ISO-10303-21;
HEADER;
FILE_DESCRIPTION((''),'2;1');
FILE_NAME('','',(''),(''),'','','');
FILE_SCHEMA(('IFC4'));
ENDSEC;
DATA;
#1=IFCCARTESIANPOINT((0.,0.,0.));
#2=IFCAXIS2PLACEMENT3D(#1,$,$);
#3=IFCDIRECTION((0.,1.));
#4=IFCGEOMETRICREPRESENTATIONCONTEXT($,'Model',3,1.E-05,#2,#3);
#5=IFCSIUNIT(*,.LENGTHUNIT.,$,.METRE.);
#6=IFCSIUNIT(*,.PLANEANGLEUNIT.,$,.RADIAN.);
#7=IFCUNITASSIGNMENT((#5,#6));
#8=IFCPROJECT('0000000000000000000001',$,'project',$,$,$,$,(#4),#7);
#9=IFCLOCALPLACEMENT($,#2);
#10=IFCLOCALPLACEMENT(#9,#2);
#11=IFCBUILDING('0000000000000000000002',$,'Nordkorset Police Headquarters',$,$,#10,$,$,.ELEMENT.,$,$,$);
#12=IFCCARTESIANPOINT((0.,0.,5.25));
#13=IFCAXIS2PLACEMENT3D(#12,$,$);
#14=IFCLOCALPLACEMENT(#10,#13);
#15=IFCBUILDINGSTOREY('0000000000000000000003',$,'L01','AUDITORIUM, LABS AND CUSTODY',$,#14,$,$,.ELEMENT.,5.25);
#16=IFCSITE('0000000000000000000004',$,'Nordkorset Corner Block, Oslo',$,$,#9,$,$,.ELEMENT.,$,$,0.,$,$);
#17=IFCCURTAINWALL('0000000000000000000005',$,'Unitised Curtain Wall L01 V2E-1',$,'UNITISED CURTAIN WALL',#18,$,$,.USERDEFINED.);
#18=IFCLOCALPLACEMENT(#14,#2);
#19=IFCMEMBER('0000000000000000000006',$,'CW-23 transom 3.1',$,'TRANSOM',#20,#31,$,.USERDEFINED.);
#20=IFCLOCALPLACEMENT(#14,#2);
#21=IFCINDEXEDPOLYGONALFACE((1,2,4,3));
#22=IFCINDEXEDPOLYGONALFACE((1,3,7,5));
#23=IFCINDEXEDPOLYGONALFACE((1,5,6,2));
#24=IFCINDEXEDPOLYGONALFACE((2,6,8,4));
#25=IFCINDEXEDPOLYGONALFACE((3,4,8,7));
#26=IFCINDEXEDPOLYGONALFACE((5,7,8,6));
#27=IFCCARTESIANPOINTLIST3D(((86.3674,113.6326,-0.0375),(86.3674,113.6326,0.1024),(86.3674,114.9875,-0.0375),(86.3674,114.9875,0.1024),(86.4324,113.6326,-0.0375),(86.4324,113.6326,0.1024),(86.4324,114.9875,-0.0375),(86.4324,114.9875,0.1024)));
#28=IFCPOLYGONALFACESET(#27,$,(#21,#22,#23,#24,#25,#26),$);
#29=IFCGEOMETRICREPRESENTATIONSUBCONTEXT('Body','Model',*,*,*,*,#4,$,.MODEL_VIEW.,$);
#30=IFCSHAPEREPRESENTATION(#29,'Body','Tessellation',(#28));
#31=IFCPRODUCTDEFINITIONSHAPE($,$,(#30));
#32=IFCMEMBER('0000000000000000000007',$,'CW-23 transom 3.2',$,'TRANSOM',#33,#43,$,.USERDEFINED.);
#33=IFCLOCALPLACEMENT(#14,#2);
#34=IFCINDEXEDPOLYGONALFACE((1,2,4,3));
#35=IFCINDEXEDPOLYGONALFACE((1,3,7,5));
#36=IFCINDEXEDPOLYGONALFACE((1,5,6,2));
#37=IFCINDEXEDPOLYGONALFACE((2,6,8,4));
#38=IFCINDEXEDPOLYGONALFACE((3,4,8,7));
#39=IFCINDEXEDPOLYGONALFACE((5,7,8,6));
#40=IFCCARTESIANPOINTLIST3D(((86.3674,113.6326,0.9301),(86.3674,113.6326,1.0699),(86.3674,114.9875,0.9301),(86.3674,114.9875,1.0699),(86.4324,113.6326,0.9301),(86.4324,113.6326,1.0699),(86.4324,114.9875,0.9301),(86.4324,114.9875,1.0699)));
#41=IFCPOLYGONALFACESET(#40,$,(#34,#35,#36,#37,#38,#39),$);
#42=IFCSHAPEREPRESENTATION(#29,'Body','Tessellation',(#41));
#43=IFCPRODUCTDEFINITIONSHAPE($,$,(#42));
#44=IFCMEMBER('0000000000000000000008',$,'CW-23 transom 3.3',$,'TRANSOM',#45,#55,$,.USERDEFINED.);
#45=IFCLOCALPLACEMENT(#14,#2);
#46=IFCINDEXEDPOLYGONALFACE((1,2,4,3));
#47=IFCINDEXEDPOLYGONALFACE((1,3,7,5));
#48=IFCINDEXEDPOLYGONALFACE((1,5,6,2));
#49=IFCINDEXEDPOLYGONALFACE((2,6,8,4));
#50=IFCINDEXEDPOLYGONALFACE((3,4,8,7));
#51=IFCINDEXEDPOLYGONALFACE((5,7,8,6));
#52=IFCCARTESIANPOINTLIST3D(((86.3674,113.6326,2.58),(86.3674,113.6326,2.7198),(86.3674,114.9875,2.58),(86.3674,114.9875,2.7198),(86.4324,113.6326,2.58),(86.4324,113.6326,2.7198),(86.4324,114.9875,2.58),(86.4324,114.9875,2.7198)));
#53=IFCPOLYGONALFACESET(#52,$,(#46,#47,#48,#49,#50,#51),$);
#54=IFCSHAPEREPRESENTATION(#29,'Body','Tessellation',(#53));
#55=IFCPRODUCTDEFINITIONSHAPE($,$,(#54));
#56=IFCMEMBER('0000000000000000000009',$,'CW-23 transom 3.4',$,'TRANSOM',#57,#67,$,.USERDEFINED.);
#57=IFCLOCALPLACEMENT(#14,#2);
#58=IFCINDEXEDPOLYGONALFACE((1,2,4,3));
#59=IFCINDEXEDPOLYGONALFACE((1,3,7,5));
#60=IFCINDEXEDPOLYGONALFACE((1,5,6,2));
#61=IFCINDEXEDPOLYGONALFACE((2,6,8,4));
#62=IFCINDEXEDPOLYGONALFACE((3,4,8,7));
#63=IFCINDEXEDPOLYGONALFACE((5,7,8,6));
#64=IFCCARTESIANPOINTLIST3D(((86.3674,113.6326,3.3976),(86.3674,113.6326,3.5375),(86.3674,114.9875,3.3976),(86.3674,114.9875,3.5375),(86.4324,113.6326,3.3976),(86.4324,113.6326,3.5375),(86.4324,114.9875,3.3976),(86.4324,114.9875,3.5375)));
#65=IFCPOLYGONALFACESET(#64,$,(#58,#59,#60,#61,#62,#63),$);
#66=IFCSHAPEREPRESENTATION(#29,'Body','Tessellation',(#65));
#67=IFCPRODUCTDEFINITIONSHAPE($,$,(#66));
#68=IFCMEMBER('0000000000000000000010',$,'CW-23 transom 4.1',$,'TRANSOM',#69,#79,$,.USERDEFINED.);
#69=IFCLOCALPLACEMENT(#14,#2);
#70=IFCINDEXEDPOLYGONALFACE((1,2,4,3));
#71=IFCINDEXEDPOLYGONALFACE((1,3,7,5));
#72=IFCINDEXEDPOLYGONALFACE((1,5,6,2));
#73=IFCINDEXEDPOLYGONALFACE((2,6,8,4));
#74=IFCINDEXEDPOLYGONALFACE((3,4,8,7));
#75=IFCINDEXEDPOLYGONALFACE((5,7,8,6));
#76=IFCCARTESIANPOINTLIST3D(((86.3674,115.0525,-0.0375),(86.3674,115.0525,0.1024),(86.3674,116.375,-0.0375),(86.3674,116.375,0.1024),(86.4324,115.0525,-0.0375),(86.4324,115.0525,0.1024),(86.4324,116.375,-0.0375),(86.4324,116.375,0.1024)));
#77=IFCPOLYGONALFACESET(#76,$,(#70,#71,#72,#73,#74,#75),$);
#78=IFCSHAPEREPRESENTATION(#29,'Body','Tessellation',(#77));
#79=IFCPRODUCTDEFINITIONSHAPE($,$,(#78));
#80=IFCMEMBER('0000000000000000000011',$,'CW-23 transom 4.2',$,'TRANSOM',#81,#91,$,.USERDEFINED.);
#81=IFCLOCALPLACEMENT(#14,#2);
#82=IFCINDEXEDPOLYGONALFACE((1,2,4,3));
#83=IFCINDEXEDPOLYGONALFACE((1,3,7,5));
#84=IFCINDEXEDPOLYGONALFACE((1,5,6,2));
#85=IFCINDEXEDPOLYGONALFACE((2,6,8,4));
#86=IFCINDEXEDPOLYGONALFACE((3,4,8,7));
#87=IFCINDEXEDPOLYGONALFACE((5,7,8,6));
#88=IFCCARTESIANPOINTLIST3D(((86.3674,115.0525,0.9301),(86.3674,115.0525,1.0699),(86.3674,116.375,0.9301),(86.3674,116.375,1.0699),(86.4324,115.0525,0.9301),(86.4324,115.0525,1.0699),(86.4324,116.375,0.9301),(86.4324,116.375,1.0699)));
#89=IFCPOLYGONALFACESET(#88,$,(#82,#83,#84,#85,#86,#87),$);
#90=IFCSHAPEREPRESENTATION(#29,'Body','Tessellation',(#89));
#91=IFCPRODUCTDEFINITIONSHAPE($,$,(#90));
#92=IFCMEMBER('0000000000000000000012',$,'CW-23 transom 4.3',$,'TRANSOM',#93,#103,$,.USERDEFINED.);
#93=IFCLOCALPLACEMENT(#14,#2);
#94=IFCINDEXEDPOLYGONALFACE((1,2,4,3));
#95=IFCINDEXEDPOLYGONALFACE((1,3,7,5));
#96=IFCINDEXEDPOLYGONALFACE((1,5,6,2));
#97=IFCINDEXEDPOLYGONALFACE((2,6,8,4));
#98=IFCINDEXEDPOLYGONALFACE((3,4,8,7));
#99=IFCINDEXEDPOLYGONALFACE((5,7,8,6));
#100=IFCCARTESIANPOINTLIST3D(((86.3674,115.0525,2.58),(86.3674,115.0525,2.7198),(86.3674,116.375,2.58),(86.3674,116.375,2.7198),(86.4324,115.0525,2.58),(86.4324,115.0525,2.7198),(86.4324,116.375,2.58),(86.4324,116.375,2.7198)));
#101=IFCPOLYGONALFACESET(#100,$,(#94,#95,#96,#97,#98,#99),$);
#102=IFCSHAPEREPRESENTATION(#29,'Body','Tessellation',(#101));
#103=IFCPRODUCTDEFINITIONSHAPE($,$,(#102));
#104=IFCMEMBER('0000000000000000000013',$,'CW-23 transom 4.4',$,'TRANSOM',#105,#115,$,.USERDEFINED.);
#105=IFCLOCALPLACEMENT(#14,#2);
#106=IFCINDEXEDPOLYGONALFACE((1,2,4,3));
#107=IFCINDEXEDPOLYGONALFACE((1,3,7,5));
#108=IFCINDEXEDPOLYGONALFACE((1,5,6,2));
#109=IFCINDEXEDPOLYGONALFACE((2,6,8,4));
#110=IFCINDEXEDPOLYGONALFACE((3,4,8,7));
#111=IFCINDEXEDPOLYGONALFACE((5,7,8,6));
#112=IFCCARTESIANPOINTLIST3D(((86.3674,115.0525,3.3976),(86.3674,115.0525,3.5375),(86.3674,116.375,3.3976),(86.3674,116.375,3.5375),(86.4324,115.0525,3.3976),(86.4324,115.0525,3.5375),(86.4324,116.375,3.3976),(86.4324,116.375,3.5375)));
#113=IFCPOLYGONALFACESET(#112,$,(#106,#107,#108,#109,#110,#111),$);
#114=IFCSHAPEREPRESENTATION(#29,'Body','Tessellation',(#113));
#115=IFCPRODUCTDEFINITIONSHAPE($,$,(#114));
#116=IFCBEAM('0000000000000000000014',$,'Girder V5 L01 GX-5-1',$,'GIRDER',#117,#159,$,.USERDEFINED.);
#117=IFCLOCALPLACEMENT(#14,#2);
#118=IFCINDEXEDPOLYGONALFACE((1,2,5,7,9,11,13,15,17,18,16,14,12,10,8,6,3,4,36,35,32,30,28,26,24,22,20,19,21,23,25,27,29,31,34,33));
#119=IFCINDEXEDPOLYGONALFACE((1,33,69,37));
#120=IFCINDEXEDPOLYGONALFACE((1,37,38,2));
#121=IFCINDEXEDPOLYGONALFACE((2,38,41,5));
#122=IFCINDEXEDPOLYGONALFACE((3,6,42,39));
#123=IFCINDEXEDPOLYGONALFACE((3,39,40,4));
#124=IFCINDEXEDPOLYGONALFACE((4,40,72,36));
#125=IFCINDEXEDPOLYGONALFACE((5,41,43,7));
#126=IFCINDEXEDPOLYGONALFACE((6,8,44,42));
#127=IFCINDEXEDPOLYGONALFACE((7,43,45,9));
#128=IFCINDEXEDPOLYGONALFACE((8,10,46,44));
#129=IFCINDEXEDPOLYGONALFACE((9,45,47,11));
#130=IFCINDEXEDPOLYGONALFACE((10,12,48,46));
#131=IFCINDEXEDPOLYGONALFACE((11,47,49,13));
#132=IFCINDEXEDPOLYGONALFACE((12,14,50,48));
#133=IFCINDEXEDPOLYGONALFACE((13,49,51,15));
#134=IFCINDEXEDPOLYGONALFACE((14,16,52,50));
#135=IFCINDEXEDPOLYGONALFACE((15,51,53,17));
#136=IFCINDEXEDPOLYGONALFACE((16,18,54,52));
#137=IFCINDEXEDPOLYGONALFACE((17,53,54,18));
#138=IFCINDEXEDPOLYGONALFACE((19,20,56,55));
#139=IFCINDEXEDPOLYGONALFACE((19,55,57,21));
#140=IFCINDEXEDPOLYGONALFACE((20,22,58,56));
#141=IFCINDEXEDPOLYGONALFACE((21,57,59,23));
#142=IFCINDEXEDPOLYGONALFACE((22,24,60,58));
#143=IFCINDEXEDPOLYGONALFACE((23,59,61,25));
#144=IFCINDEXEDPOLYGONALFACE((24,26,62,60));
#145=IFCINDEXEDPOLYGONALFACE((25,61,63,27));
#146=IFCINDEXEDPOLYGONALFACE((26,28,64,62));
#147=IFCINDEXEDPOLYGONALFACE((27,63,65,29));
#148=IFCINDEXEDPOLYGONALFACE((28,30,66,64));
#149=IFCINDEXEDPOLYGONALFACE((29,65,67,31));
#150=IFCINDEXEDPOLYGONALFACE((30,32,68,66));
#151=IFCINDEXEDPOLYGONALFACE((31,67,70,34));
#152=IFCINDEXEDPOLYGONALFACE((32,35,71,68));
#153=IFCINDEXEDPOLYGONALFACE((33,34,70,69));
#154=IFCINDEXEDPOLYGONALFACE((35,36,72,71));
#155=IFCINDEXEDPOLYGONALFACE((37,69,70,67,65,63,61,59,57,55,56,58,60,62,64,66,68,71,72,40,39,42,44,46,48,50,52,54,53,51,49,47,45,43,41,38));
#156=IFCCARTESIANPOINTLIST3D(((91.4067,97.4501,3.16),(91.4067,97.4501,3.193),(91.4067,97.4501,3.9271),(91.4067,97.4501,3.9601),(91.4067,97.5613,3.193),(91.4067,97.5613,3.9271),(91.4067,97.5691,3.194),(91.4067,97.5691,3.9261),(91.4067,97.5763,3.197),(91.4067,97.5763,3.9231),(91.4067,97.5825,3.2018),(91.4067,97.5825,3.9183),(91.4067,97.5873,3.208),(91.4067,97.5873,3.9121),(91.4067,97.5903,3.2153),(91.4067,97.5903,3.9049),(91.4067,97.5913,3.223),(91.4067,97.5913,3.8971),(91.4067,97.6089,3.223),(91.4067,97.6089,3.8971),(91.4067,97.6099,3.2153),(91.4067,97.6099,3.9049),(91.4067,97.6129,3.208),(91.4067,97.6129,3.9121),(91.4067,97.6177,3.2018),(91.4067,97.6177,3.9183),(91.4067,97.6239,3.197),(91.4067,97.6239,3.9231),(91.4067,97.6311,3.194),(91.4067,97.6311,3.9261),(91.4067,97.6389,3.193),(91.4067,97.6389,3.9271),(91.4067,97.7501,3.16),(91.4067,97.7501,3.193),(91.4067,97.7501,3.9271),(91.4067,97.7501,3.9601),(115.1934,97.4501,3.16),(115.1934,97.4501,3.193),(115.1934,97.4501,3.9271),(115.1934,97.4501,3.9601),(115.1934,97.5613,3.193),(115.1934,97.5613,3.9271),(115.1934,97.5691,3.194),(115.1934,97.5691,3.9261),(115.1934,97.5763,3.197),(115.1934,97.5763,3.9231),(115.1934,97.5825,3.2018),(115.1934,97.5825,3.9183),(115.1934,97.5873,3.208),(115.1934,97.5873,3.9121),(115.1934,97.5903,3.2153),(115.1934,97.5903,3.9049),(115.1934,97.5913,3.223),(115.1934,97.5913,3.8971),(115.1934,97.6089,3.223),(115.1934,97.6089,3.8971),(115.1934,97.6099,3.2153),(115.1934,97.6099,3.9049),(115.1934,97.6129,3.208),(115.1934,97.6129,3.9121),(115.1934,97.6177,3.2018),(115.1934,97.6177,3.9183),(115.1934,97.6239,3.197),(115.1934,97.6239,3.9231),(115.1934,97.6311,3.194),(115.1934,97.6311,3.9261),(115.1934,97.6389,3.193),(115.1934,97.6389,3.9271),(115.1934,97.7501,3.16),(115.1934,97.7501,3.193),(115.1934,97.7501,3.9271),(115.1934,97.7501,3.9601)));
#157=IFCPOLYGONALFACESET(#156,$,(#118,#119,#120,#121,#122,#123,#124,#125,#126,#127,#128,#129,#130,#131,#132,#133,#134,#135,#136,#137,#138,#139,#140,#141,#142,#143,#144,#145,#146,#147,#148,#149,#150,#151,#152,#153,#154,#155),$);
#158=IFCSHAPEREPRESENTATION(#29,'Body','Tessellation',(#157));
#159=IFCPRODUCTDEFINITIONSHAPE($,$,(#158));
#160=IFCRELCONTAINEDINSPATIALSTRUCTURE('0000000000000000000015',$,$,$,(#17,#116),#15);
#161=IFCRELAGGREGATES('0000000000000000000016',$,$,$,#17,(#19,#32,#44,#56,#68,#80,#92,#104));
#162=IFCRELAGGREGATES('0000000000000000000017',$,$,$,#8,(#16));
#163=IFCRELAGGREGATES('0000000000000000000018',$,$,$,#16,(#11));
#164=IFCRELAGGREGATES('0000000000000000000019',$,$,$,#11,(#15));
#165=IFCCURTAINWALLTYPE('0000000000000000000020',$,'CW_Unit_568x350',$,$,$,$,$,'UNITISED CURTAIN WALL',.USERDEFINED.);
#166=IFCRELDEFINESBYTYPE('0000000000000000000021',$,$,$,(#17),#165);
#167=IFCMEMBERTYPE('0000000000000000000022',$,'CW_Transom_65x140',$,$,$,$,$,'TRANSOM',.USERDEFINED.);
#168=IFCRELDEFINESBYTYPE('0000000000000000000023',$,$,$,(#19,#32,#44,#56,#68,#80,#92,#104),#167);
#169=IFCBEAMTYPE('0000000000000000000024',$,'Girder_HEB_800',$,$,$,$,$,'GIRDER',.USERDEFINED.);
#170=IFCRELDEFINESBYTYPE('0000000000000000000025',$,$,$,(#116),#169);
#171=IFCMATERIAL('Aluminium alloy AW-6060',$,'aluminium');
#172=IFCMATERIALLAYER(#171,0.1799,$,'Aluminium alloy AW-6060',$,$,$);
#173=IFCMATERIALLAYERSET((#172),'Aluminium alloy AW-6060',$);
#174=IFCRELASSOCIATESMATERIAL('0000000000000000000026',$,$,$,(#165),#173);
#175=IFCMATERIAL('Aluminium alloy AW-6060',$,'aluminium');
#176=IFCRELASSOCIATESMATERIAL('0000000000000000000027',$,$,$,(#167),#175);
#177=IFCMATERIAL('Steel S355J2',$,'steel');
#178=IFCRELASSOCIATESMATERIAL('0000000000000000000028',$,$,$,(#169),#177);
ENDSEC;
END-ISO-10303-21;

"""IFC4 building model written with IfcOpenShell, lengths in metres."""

from ifc_helpers import new_model, si_unit, direction, frame, origin, origin_2d, place, context, subcontext, project, spatial, rectangle, i_section, extrude, material, layer, layer_set, material_profile, profile_set, type_object, element, aggregate, save


model = new_model("IFC4")

# Units and contexts
model_context = context("Model", 3, precision=1e-05, world=origin(), true_north=direction((0.0, 1.0)))
body_context = subcontext(model_context, "Body", "Model", "MODEL_VIEW")
ifc_project = project(units=[si_unit("LENGTHUNIT", "METRE"), si_unit("PLANEANGLEUNIT", "RADIAN")], contexts=[model_context])

# Site, building, storey
site_placement = place(None, origin())
site = spatial("IfcSite", under=ifc_project, at=site_placement, Name="Nordkorset Corner Block, Oslo", CompositionType="ELEMENT", RefElevation=0.0)
building_placement = place(site_placement, origin())
building = spatial("IfcBuilding", under=site, at=building_placement, Name="Nordkorset Police Headquarters", CompositionType="ELEMENT")
storey_placement = place(building_placement, frame((0.0, 0.0, 5.25)))
storey = spatial("IfcBuildingStorey", under=building, at=storey_placement, Name="L01", Description="AUDITORIUM, LABS AND CUSTODY", CompositionType="ELEMENT", Elevation=5.25)

# Curtain wall, members
ifc_material_1 = material(Name="Aluminium alloy AW-6060", Category="aluminium")
ifc_layer_1 = layer(ifc_material_1, 0.1799, Name="Aluminium alloy AW-6060")
ifc_layer_set_1 = layer_set([ifc_layer_1], Name="Aluminium alloy AW-6060")
curtain_wall_type = type_object("IfcCurtainWallType", Name="CW_Unit_568x350", ElementType="UNITISED CURTAIN WALL", PredefinedType="USERDEFINED", material=ifc_layer_set_1)
curtain_wall_placement = place(storey_placement, origin())
curtain_wall = element("IfcCurtainWall", 1, at=curtain_wall_placement, inside=storey, type_object=curtain_wall_type, Name="Unitised Curtain Wall L01 V2E-1", ObjectType="UNITISED CURTAIN WALL", PredefinedType="USERDEFINED")
ifc_material_2 = material(Name="Aluminium alloy AW-6060", Category="aluminium")
ifc_material_profile_1 = material_profile(ifc_material_2, rectangle(XDim=0.0649, YDim=0.1399, at=origin_2d()), Name="ALU TRAN 65x140")
ifc_profile_set_1 = profile_set([ifc_material_profile_1], Name="Aluminium alloy AW-6060")
member_type_1 = type_object("IfcMemberType", Name="CW_Transom_65x140", ElementType="TRANSOM", PredefinedType="USERDEFINED", material=ifc_profile_set_1)
member_1_placement = place(storey_placement, frame((86.3999, 113.6326, 0.0325), z_axis=(0.0, 1.0, 0.0), x_axis=(-1.0, 0.0, 0.0)))
member_1 = element("IfcMember", 2, at=member_1_placement, type_object=member_type_1, Name="CW-23 transom 3.1", ObjectType="TRANSOM", PredefinedType="USERDEFINED", context=body_context, shape_type="SweptSolid", body=[
    extrude(rectangle(XDim=0.0649, YDim=0.1399, at=origin_2d()), origin(), (0.0, 0.0, 1.0), 1.355),
])
member_2_placement = place(storey_placement, frame((86.3999, 113.6326, 1.0), z_axis=(0.0, 1.0, 0.0), x_axis=(-1.0, 0.0, 0.0)))
member_2 = element("IfcMember", 3, at=member_2_placement, type_object=member_type_1, Name="CW-23 transom 3.2", ObjectType="TRANSOM", PredefinedType="USERDEFINED", context=body_context, shape_type="SweptSolid", body=[
    extrude(rectangle(XDim=0.0649, YDim=0.1399, at=origin_2d()), origin(), (0.0, 0.0, 1.0), 1.355),
])
member_3_placement = place(storey_placement, frame((86.3999, 113.6326, 2.6499), z_axis=(0.0, 1.0, 0.0), x_axis=(-1.0, 0.0, 0.0)))
member_3 = element("IfcMember", 4, at=member_3_placement, type_object=member_type_1, Name="CW-23 transom 3.3", ObjectType="TRANSOM", PredefinedType="USERDEFINED", context=body_context, shape_type="SweptSolid", body=[
    extrude(rectangle(XDim=0.0649, YDim=0.1399, at=origin_2d()), origin(), (0.0, 0.0, 1.0), 1.355),
])
member_4_placement = place(storey_placement, frame((86.3999, 113.6326, 3.4675), z_axis=(0.0, 1.0, 0.0), x_axis=(-1.0, 0.0, 0.0)))
member_4 = element("IfcMember", 5, at=member_4_placement, type_object=member_type_1, Name="CW-23 transom 3.4", ObjectType="TRANSOM", PredefinedType="USERDEFINED", context=body_context, shape_type="SweptSolid", body=[
    extrude(rectangle(XDim=0.0649, YDim=0.1399, at=origin_2d()), origin(), (0.0, 0.0, 1.0), 1.355),
])
member_5_placement = place(storey_placement, frame((86.3999, 115.0525, 0.0325), z_axis=(0.0, 1.0, 0.0), x_axis=(-1.0, 0.0, 0.0)))
member_5 = element("IfcMember", 6, at=member_5_placement, type_object=member_type_1, Name="CW-23 transom 4.1", ObjectType="TRANSOM", PredefinedType="USERDEFINED", context=body_context, shape_type="SweptSolid", body=[
    extrude(rectangle(XDim=0.0649, YDim=0.1399, at=origin_2d()), origin(), (0.0, 0.0, 1.0), 1.3225),
])
member_6_placement = place(storey_placement, frame((86.3999, 115.0525, 1.0), z_axis=(0.0, 1.0, 0.0), x_axis=(-1.0, 0.0, 0.0)))
member_6 = element("IfcMember", 7, at=member_6_placement, type_object=member_type_1, Name="CW-23 transom 4.2", ObjectType="TRANSOM", PredefinedType="USERDEFINED", context=body_context, shape_type="SweptSolid", body=[
    extrude(rectangle(XDim=0.0649, YDim=0.1399, at=origin_2d()), origin(), (0.0, 0.0, 1.0), 1.3225),
])
member_7_placement = place(storey_placement, frame((86.3999, 115.0525, 2.6499), z_axis=(0.0, 1.0, 0.0), x_axis=(-1.0, 0.0, 0.0)))
member_7 = element("IfcMember", 8, at=member_7_placement, type_object=member_type_1, Name="CW-23 transom 4.3", ObjectType="TRANSOM", PredefinedType="USERDEFINED", context=body_context, shape_type="SweptSolid", body=[
    extrude(rectangle(XDim=0.0649, YDim=0.1399, at=origin_2d()), origin(), (0.0, 0.0, 1.0), 1.3225),
])
member_8_placement = place(storey_placement, frame((86.3999, 115.0525, 3.4675), z_axis=(0.0, 1.0, 0.0), x_axis=(-1.0, 0.0, 0.0)))
member_8 = element("IfcMember", 9, at=member_8_placement, type_object=member_type_1, Name="CW-23 transom 4.4", ObjectType="TRANSOM", PredefinedType="USERDEFINED", context=body_context, shape_type="SweptSolid", body=[
    extrude(rectangle(XDim=0.0649, YDim=0.1399, at=origin_2d()), origin(), (0.0, 0.0, 1.0), 1.3225),
])

# Beam
ifc_material_3 = material(Name="Steel S355J2", Category="steel")
ifc_material_profile_2 = material_profile(ifc_material_3, i_section(OverallWidth=0.3, OverallDepth=0.8, WebThickness=0.0176, FlangeThickness=0.033, FilletRadius=0.03, at=origin_2d()), Name="HEB 800")
ifc_profile_set_2 = profile_set([ifc_material_profile_2], Name="Steel S355J2")
beam_type_1 = type_object("IfcBeamType", Name="Girder_HEB_800", ElementType="GIRDER", PredefinedType="USERDEFINED", material=ifc_profile_set_2)
beam_1_placement = place(storey_placement, frame((91.4067, 97.6001, 3.5601), z_axis=(1.0, 0.0, 0.0), x_axis=(0.0, 1.0, 0.0)))
element("IfcBeam", 10, at=beam_1_placement, inside=storey, type_object=beam_type_1, Name="Girder V5 L01 GX-5-1", ObjectType="GIRDER", PredefinedType="USERDEFINED", context=body_context, shape_type="SweptSolid", body=[
    extrude(i_section(OverallWidth=0.3, OverallDepth=0.8, WebThickness=0.0176, FlangeThickness=0.033, FilletRadius=0.03, at=origin_2d()), origin(), (0.0, 0.0, 1.0), 23.7866),
])

aggregate(curtain_wall, [member_1, member_2, member_3, member_4, member_5, member_6, member_7, member_8])

save(model, "model.ifc")
